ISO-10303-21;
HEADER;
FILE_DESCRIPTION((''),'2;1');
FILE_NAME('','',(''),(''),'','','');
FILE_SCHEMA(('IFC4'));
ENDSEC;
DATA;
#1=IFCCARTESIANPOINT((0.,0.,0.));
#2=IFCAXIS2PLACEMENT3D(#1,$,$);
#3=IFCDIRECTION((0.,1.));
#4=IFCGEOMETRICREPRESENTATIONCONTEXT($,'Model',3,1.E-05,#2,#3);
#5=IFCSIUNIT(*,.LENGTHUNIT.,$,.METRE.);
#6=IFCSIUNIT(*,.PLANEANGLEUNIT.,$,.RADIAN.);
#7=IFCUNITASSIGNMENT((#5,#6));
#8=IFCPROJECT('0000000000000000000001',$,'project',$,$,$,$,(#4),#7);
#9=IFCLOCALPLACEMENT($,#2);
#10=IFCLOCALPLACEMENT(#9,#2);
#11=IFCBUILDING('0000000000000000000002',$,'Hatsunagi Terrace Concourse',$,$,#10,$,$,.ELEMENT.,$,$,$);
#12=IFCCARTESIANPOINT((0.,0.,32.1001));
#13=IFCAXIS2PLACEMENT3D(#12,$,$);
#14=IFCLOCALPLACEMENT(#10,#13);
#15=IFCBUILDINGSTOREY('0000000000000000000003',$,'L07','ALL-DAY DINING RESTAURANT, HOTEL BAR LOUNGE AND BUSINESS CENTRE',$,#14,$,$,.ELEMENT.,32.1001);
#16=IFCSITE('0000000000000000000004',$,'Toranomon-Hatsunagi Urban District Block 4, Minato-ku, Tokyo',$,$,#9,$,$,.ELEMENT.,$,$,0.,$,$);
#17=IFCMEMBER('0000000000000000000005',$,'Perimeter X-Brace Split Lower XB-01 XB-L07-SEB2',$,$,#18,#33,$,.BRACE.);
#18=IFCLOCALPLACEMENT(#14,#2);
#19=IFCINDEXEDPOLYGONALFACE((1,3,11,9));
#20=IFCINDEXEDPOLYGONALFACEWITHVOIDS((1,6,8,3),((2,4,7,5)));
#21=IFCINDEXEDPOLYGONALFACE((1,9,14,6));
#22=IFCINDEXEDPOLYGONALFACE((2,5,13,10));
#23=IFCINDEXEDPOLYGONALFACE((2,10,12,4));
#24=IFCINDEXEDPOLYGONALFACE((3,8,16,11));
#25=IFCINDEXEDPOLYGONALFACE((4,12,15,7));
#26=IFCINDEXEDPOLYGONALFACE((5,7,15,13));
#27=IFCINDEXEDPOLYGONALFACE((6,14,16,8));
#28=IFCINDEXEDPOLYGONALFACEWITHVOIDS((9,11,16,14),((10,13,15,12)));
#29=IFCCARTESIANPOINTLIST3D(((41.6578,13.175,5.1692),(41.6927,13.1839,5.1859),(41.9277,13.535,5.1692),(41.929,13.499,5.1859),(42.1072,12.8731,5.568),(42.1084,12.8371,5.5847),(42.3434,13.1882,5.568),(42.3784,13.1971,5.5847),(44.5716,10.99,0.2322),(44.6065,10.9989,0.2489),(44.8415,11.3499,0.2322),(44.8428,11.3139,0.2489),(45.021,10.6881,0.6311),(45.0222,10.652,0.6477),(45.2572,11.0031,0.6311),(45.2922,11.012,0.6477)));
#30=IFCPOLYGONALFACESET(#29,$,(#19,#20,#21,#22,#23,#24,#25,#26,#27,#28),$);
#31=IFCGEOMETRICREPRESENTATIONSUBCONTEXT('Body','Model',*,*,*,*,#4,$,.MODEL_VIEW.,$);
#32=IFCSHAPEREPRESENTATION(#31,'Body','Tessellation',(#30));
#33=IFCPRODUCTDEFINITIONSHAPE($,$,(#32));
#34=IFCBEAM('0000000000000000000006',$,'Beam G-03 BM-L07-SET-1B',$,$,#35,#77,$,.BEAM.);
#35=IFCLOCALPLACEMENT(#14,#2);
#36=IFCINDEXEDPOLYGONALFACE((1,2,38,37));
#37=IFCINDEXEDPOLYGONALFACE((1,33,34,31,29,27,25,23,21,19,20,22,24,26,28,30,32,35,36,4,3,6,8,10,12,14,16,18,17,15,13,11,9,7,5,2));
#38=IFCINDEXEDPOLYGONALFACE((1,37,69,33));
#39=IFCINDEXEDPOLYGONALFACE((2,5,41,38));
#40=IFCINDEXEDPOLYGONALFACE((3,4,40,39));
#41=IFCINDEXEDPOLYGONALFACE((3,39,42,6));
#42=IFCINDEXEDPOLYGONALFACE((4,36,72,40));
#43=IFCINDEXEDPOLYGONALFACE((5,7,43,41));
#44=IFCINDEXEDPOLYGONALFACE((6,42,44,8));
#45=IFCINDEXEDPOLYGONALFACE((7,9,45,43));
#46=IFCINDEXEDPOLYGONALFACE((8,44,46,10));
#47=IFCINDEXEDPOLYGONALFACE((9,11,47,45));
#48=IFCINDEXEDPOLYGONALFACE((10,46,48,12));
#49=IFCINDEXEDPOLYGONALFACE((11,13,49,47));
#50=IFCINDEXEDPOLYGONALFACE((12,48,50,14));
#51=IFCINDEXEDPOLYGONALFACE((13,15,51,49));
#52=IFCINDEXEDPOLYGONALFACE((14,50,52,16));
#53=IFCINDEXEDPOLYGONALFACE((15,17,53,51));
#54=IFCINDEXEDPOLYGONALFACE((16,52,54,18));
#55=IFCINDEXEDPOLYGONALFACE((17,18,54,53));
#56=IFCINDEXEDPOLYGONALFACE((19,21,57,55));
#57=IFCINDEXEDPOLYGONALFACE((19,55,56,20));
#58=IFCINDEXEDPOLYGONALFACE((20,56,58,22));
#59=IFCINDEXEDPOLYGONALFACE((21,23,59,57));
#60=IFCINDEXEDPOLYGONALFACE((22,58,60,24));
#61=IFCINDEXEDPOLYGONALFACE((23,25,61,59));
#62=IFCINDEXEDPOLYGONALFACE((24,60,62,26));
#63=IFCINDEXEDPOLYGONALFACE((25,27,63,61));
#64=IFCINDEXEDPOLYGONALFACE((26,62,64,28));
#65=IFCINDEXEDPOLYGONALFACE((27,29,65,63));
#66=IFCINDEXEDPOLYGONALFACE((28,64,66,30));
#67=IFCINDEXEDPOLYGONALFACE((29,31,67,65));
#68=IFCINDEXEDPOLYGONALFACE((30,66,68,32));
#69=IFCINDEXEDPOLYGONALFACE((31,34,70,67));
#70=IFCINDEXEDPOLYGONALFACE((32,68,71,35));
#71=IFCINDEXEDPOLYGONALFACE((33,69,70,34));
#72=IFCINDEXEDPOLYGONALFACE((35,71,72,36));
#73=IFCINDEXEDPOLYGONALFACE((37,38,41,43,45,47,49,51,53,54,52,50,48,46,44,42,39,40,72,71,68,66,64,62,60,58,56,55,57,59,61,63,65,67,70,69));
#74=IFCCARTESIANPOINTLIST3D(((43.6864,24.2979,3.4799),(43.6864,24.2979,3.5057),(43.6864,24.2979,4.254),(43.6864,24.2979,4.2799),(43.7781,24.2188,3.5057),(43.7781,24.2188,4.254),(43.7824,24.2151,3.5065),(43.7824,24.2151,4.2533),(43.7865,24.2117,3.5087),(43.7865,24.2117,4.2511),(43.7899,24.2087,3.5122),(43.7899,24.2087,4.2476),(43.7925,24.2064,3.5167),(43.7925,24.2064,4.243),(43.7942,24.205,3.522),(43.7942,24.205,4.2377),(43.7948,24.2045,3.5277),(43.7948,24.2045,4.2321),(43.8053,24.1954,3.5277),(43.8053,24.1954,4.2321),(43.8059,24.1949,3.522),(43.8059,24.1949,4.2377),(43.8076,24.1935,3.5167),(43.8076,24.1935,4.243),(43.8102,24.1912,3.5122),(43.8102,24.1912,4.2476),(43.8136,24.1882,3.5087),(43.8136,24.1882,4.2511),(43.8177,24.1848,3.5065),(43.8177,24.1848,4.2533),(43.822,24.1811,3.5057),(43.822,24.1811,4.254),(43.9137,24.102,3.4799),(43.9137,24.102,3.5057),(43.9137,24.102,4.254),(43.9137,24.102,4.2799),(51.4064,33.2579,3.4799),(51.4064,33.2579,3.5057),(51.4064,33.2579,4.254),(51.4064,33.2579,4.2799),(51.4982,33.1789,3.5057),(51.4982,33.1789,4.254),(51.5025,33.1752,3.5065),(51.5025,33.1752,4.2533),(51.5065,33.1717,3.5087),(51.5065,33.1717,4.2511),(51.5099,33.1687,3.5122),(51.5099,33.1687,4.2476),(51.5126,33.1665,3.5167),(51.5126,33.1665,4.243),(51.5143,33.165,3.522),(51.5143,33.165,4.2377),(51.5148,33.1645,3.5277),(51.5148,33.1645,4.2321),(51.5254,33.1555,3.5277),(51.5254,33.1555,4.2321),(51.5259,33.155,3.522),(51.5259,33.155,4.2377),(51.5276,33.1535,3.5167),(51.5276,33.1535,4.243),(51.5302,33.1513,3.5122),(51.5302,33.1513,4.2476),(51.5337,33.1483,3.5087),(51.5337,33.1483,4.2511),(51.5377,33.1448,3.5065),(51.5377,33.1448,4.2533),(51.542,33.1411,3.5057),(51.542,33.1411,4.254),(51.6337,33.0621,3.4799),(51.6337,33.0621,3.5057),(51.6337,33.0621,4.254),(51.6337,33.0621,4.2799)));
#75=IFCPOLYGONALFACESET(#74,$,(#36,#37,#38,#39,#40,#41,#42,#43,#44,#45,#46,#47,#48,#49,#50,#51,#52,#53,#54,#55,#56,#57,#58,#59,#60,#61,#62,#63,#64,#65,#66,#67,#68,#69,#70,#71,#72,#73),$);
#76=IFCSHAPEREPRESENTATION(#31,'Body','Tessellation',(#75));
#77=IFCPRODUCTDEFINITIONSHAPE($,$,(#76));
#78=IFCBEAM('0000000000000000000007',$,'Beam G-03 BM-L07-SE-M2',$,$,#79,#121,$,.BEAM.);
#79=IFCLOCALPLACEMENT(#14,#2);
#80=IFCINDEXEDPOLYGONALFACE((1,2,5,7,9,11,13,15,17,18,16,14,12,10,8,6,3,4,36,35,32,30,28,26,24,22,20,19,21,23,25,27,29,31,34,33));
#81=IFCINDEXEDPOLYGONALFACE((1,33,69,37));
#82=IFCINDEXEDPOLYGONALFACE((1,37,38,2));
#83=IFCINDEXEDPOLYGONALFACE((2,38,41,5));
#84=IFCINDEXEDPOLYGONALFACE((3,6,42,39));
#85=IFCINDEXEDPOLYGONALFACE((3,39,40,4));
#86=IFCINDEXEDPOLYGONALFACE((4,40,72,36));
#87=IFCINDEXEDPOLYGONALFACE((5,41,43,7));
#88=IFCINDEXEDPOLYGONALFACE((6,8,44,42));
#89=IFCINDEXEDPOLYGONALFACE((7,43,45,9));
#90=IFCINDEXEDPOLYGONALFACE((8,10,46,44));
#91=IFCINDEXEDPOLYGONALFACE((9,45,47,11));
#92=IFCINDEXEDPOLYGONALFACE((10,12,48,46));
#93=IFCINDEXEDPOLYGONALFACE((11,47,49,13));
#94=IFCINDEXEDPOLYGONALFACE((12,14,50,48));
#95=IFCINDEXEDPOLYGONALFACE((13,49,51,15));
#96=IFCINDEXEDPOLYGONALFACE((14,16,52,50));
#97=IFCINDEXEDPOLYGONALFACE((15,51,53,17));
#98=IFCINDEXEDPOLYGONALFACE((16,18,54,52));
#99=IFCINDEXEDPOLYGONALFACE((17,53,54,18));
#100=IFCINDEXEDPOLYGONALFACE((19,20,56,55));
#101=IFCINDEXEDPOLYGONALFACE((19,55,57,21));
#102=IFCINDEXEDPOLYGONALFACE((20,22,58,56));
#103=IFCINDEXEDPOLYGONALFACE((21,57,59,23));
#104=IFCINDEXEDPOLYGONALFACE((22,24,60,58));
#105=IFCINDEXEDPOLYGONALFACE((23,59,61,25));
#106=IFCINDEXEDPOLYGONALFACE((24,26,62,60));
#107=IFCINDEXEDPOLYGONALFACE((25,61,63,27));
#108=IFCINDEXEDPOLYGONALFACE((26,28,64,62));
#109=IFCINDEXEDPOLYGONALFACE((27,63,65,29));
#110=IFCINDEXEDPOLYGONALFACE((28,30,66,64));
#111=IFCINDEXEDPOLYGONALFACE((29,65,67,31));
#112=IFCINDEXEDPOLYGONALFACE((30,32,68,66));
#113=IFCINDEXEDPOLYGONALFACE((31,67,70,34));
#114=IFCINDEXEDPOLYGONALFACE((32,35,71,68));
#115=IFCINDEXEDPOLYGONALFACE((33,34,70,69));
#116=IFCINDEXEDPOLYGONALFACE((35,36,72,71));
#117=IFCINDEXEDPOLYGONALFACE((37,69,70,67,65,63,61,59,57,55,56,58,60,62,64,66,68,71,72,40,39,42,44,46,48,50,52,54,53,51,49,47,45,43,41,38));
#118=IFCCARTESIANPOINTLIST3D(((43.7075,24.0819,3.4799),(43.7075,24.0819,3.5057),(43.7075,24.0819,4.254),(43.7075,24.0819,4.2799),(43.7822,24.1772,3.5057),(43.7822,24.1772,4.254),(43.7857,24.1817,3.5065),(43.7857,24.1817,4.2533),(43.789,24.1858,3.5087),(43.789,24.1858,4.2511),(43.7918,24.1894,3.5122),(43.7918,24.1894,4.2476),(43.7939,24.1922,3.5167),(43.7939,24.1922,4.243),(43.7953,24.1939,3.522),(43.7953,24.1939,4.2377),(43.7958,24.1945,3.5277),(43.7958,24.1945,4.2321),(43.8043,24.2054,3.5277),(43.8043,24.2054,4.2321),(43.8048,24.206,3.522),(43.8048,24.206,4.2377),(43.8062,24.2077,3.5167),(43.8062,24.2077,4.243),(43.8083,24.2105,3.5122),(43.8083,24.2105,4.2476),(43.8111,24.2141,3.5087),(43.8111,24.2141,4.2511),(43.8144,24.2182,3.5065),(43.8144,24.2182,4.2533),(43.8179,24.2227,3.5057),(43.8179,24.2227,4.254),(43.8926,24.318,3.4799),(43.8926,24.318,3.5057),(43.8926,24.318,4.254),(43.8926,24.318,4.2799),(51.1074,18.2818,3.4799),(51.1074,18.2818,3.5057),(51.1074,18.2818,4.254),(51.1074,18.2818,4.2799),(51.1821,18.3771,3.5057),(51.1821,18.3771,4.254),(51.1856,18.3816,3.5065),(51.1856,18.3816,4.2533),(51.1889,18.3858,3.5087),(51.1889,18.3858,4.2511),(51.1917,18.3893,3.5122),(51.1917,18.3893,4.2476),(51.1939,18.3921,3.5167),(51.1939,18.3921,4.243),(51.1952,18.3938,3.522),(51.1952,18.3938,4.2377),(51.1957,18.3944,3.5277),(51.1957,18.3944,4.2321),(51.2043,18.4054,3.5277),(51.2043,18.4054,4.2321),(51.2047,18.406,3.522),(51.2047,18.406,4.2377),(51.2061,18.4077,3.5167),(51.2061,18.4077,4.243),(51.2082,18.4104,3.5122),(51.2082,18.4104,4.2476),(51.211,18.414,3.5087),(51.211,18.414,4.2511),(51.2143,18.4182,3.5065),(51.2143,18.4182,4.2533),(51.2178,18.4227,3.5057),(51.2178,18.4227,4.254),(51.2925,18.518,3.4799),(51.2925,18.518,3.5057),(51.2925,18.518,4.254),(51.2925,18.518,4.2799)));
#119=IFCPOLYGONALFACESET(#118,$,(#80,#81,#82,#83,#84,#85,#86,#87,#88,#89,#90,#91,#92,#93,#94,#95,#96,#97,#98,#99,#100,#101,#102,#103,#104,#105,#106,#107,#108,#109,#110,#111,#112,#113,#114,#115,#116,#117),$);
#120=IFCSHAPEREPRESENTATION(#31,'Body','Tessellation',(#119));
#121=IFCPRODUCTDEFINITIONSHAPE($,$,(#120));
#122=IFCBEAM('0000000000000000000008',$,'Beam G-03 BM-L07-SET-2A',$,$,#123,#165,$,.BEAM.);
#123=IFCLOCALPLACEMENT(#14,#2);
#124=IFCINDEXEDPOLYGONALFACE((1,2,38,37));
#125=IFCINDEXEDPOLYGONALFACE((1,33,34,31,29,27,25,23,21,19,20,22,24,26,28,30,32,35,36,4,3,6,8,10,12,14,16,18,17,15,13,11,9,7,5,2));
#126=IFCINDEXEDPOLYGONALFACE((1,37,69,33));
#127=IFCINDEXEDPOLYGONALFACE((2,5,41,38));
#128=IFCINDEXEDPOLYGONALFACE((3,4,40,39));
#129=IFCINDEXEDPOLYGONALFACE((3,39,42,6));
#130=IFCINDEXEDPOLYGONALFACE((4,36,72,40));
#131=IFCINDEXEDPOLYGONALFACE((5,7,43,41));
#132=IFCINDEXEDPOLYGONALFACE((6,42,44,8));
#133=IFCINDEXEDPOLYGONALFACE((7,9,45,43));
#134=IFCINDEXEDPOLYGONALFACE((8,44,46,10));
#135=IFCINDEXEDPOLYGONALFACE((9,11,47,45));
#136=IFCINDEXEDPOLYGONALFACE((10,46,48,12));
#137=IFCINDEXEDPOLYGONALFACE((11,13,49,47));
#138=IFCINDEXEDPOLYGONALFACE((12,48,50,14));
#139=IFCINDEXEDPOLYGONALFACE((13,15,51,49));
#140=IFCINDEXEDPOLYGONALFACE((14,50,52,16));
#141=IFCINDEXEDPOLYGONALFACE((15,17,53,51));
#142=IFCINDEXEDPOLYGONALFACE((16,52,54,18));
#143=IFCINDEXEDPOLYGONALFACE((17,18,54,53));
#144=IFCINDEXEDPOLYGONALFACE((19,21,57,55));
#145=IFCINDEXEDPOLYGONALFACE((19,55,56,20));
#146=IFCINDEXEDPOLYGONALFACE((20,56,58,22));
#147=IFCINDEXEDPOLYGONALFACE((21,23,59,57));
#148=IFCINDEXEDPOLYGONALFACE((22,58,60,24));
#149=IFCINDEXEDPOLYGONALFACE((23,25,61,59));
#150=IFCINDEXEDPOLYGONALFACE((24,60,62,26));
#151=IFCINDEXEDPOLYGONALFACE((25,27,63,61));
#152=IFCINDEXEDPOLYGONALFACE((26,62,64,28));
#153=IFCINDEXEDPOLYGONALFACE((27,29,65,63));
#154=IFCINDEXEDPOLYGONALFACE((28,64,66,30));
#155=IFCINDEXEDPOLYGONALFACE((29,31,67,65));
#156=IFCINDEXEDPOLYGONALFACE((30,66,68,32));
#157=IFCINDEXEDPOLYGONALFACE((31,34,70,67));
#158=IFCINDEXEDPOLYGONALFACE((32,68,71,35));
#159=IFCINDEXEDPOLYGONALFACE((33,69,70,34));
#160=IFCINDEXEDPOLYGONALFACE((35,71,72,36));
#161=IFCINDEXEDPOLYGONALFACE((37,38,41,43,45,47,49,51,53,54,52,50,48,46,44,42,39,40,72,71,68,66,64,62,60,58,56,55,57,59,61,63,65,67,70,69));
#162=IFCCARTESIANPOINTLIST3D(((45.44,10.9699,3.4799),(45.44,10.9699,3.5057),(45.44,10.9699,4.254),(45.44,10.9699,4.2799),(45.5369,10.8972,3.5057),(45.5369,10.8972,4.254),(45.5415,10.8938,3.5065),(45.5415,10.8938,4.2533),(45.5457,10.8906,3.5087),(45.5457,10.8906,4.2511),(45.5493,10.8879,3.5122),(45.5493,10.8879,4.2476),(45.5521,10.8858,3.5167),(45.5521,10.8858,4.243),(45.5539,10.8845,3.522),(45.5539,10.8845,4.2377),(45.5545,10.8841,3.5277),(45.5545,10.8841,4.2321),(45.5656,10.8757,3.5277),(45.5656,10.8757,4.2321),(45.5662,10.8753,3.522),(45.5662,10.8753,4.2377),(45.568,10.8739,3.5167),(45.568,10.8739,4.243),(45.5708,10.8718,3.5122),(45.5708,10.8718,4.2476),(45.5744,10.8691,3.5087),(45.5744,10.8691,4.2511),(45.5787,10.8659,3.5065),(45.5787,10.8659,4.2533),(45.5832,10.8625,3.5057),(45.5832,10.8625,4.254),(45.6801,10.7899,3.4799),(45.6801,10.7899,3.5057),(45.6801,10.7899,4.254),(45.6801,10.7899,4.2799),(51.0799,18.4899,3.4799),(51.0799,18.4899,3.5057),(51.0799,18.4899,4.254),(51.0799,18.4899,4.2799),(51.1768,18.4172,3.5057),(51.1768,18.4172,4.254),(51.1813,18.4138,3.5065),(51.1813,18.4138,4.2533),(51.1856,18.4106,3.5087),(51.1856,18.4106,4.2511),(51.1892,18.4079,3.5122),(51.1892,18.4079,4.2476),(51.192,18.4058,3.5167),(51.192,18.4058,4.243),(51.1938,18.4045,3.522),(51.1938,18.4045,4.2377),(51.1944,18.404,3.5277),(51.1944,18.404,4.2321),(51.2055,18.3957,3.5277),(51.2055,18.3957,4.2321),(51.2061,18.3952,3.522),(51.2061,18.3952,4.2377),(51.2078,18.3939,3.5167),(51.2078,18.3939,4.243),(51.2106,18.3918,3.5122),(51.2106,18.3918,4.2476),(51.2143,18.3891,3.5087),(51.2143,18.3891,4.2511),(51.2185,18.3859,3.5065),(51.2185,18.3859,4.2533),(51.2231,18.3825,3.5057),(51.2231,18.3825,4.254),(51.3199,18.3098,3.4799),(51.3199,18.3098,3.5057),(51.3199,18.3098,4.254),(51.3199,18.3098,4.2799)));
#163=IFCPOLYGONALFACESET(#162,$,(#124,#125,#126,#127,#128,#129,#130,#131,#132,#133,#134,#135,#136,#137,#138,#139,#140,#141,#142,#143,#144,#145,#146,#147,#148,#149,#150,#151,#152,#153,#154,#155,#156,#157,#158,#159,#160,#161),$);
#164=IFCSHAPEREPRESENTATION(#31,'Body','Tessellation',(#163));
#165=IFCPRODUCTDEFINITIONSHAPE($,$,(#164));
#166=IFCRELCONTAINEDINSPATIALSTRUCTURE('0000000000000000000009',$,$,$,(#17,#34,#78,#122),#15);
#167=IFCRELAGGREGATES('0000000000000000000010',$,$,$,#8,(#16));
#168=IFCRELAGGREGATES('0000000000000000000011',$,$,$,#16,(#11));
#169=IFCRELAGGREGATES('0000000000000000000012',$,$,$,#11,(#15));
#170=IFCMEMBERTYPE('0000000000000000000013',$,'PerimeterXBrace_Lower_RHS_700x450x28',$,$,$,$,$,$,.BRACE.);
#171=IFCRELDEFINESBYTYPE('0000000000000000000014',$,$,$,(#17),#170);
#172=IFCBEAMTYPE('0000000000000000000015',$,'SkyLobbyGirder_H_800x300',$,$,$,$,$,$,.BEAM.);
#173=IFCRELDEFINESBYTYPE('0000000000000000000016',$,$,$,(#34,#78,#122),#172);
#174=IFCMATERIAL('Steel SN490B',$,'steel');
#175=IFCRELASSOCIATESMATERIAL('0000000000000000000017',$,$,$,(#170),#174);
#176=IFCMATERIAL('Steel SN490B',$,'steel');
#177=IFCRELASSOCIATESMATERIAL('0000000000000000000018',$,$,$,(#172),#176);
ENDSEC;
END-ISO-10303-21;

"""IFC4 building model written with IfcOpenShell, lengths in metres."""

from ifc_helpers import new_model, si_unit, direction, frame, origin, origin_2d, place, context, subcontext, project, spatial, hollow_rectangle, i_section, extrude, material, material_profile, profile_set, type_object, element, save


model = new_model("IFC4")

# Units and contexts
model_context = context("Model", 3, precision=1e-05, world=origin(), true_north=direction((0.0, 1.0)))
body_context = subcontext(model_context, "Body", "Model", "MODEL_VIEW")
ifc_project = project(units=[si_unit("LENGTHUNIT", "METRE"), si_unit("PLANEANGLEUNIT", "RADIAN")], contexts=[model_context])

# Site, building, storey
site_placement = place(None, origin())
site = spatial("IfcSite", under=ifc_project, at=site_placement, Name="Toranomon-Hatsunagi Urban District Block 4, Minato-ku, Tokyo", CompositionType="ELEMENT", RefElevation=0.0)
building_placement = place(site_placement, origin())
building = spatial("IfcBuilding", under=site, at=building_placement, Name="Hatsunagi Terrace Concourse", CompositionType="ELEMENT")
storey_placement = place(building_placement, frame((0.0, 0.0, 32.1001)))
storey = spatial("IfcBuildingStorey", under=building, at=storey_placement, Name="L07", Description="ALL-DAY DINING RESTAURANT, HOTEL BAR LOUNGE AND BUSINESS CENTRE", CompositionType="ELEMENT", Elevation=32.1001)

# Member
ifc_material_1 = material(Name="Steel SN490B", Category="steel")
ifc_material_profile_1 = material_profile(ifc_material_1, hollow_rectangle(XDim=0.45, YDim=0.7, WallThickness=0.0281, at=origin_2d()), Name="RHS-700x450x28")
ifc_profile_set_1 = profile_set([ifc_material_profile_1], Name="Steel SN490B")
member_type = type_object("IfcMemberType", Name="PerimeterXBrace_Lower_RHS_700x450x28", PredefinedType="BRACE", material=ifc_profile_set_1)
member_placement = place(storey_placement, frame((42.0181, 13.186, 5.377), z_axis=(0.474946, -0.35616, -0.804722), x_axis=(0.599946, 0.80004, 0.0)))
element("IfcMember", 1, at=member_placement, inside=storey, type_object=member_type, Name="Perimeter X-Brace Split Lower XB-01 XB-L07-SEB2", PredefinedType="BRACE", context=body_context, shape_type="SweptSolid", body=[
    extrude(hollow_rectangle(XDim=0.45, YDim=0.7, WallThickness=0.0281, at=origin_2d()), origin(), (0.0, 0.0, 1.0), 6.135),
])

# Beams
ifc_material_2 = material(Name="Steel SN490B", Category="steel")
ifc_material_profile_2 = material_profile(ifc_material_2, i_section(OverallWidth=0.3, OverallDepth=0.8, WebThickness=0.0139, FlangeThickness=0.0259, FilletRadius=0.022, at=origin_2d()), Name="H-800x300x14x26")
ifc_profile_set_2 = profile_set([ifc_material_profile_2], Name="Steel SN490B")
beam_type_1 = type_object("IfcBeamType", Name="SkyLobbyGirder_H_800x300", PredefinedType="BEAM", material=ifc_profile_set_2)
beam_1_placement = place(storey_placement, frame((43.8, 24.2, 3.8799), z_axis=(0.652739, 0.757583, 0.0), x_axis=(-0.757583, 0.652739, 0.0)))
element("IfcBeam", 2, at=beam_1_placement, inside=storey, type_object=beam_type_1, Name="Beam G-03 BM-L07-SET-1B", PredefinedType="BEAM", context=body_context, shape_type="SweptSolid", body=[
    extrude(i_section(OverallWidth=0.3, OverallDepth=0.8, WebThickness=0.0139, FlangeThickness=0.0259, FilletRadius=0.022, at=origin_2d()), origin(), (0.0, 0.0, 1.0), 11.8271),
])
beam_2_placement = place(storey_placement, frame((43.8, 24.2, 3.8799), z_axis=(0.787049, -0.61689, 0.0), x_axis=(0.61689, 0.787049, 0.0)))
element("IfcBeam", 3, at=beam_2_placement, inside=storey, type_object=beam_type_1, Name="Beam G-03 BM-L07-SE-M2", PredefinedType="BEAM", context=body_context, shape_type="SweptSolid", body=[
    extrude(i_section(OverallWidth=0.3, OverallDepth=0.8, WebThickness=0.0139, FlangeThickness=0.0259, FilletRadius=0.022, at=origin_2d()), origin(), (0.0, 0.0, 1.0), 9.4021),
])
beam_3_placement = place(storey_placement, frame((45.5601, 10.8799, 3.8799), z_axis=(0.599992, 0.800006, 0.0), x_axis=(-0.800006, 0.599992, 0.0)))
element("IfcBeam", 4, at=beam_3_placement, inside=storey, type_object=beam_type_1, Name="Beam G-03 BM-L07-SET-2A", PredefinedType="BEAM", context=body_context, shape_type="SweptSolid", body=[
    extrude(i_section(OverallWidth=0.3, OverallDepth=0.8, WebThickness=0.0139, FlangeThickness=0.0259, FilletRadius=0.022, at=origin_2d()), origin(), (0.0, 0.0, 1.0), 9.3999),
])

save(model, "model.ifc")
